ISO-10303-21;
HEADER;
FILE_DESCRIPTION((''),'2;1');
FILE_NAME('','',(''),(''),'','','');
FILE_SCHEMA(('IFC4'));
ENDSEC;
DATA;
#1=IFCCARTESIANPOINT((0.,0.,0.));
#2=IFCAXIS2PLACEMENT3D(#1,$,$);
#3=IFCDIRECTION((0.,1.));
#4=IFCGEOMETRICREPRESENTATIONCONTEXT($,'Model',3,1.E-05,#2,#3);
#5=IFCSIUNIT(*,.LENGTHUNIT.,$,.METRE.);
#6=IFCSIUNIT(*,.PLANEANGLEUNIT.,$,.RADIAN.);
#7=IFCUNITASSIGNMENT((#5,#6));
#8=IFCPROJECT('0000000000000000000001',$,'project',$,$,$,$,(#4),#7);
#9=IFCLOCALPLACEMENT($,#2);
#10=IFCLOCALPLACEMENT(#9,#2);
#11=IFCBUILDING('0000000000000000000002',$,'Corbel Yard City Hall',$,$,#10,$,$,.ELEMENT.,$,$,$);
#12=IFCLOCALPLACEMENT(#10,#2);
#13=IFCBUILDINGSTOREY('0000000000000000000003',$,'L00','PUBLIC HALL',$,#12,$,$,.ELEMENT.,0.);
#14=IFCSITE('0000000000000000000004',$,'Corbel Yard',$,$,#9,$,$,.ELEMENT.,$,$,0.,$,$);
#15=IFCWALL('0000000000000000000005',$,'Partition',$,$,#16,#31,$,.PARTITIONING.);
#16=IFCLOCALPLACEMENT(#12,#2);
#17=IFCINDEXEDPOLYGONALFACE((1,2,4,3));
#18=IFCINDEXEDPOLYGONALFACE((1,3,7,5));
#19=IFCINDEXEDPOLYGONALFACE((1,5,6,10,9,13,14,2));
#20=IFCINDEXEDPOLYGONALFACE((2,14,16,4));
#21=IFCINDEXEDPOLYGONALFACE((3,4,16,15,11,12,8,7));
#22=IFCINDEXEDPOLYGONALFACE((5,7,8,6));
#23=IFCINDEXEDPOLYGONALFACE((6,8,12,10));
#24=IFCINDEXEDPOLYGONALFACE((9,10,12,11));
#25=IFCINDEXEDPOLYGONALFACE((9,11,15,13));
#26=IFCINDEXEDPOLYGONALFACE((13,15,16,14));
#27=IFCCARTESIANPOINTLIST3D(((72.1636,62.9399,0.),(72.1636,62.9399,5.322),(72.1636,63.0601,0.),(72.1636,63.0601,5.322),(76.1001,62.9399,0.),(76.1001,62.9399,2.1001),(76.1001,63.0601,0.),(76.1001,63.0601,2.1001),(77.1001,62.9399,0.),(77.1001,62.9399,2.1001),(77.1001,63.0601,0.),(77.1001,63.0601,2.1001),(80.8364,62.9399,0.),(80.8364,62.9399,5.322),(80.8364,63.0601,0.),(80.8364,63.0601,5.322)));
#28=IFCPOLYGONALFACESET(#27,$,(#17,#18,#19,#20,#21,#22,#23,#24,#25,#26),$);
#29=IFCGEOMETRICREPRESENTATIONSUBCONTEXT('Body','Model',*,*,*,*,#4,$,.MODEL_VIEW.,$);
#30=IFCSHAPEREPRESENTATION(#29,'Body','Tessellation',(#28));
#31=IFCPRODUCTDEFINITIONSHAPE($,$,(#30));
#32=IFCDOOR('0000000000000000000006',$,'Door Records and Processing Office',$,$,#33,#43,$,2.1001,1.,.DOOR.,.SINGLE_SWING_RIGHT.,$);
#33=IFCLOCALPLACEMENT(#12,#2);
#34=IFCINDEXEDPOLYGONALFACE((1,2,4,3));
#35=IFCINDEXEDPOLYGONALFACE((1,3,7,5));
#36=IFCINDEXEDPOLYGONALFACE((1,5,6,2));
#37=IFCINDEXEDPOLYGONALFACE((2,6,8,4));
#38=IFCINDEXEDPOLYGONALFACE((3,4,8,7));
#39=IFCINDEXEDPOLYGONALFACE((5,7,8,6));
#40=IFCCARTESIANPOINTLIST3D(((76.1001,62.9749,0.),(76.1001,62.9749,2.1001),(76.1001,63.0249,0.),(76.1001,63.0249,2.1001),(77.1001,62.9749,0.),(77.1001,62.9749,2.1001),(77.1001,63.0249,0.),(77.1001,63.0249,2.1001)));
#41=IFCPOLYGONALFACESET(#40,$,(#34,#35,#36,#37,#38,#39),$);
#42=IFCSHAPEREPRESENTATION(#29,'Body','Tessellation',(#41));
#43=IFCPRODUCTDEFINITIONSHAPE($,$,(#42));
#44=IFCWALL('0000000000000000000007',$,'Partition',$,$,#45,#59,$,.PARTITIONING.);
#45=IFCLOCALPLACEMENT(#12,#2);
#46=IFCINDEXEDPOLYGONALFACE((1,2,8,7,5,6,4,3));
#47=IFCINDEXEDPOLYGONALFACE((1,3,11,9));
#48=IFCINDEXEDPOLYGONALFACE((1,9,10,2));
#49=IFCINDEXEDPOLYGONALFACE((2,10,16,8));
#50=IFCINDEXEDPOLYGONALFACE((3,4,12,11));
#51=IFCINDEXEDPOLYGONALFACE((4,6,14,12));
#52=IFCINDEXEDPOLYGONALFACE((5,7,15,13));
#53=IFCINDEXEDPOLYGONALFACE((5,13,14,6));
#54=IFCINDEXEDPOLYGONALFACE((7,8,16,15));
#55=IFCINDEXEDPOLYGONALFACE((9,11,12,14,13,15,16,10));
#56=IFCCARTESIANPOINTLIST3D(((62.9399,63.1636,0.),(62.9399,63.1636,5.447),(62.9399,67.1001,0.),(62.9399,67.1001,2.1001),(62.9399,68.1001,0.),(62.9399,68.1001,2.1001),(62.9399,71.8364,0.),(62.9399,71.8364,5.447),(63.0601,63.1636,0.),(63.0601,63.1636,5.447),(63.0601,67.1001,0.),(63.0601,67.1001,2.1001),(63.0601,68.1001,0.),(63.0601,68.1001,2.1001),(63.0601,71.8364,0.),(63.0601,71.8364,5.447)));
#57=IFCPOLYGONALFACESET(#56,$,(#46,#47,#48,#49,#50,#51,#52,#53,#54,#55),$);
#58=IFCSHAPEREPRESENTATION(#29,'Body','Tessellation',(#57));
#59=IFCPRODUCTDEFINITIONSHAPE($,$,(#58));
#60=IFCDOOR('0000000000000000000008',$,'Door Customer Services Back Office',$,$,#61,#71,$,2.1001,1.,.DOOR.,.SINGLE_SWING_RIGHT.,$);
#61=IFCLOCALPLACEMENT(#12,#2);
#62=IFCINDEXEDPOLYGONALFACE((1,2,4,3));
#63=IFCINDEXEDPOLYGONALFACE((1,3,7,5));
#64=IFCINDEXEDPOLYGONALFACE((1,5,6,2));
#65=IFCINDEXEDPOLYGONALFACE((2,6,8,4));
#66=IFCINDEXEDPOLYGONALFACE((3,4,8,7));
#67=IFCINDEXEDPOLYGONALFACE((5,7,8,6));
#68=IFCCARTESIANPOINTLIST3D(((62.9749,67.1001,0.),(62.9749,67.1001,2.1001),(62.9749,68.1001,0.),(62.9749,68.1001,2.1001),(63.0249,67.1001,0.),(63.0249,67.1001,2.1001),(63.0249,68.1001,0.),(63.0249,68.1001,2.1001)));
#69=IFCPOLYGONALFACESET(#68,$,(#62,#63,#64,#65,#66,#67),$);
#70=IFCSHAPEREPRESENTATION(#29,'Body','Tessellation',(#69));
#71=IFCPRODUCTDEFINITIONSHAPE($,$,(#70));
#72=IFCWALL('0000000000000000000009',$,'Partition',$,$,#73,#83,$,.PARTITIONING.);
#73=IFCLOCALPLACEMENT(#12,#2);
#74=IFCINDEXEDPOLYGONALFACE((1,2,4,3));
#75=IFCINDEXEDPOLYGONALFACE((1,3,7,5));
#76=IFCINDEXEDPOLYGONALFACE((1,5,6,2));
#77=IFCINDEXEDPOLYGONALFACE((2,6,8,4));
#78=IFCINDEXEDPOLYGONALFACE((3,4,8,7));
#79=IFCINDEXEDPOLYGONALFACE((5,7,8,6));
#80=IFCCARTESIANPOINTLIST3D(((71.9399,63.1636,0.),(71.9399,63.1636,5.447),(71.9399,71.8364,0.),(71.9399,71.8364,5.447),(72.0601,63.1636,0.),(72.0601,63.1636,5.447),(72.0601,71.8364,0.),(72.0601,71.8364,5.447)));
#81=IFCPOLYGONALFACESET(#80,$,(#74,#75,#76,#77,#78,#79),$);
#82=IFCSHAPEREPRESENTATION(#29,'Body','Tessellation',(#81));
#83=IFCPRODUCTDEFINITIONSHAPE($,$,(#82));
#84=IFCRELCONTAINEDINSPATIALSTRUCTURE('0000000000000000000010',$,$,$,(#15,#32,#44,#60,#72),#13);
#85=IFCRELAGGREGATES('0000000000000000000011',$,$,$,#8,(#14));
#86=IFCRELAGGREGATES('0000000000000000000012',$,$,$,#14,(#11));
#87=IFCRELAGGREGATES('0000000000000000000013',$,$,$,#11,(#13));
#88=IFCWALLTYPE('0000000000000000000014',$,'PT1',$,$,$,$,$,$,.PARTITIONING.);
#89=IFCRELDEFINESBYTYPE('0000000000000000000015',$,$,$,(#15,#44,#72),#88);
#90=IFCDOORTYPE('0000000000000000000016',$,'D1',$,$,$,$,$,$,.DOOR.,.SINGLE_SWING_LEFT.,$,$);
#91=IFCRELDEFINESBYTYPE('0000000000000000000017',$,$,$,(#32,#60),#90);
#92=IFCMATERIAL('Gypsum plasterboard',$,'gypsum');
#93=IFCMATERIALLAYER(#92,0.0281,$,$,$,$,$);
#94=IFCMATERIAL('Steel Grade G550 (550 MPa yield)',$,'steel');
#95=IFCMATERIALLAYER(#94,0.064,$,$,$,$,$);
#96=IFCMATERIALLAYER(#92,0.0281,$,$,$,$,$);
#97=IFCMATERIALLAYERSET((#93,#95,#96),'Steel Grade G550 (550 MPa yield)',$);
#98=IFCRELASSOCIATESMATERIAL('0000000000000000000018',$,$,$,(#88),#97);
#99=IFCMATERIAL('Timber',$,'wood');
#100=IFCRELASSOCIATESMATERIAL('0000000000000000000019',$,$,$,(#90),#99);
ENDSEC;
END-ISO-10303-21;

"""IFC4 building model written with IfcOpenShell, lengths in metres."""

from ifc_helpers import new_model, si_unit, direction, frame, frame_2d, origin, place, context, subcontext, project, spatial, rectangle, extrude, material, layer, layer_set, type_object, element, fill, save


model = new_model("IFC4")

# Units and contexts
model_context = context("Model", 3, precision=1e-05, world=origin(), true_north=direction((0.0, 1.0)))
body_context = subcontext(model_context, "Body", "Model", "MODEL_VIEW")
ifc_project = project(units=[si_unit("LENGTHUNIT", "METRE"), si_unit("PLANEANGLEUNIT", "RADIAN")], contexts=[model_context])

# Site, building, storey
site_placement = place(None, origin())
site = spatial("IfcSite", under=ifc_project, at=site_placement, Name="Corbel Yard", CompositionType="ELEMENT", RefElevation=0.0)
building_placement = place(site_placement, origin())
building = spatial("IfcBuilding", under=site, at=building_placement, Name="Corbel Yard City Hall", CompositionType="ELEMENT")
storey_placement = place(building_placement, origin())
storey = spatial("IfcBuildingStorey", under=building, at=storey_placement, Name="L00", Description="PUBLIC HALL", CompositionType="ELEMENT", Elevation=0.0)

# Shared definitions
ifc_material_1 = material(Name="Gypsum plasterboard", Category="gypsum")
ifc_layer_1 = layer(ifc_material_1, 0.0281)
ifc_material_2 = material(Name="Steel Grade G550 (550 MPa yield)", Category="steel")
ifc_layer_2 = layer(ifc_material_2, 0.064)
ifc_layer_3 = layer(ifc_material_1, 0.0281)
ifc_layer_set = layer_set([ifc_layer_1, ifc_layer_2, ifc_layer_3], Name="Steel Grade G550 (550 MPa yield)")
wall_type = type_object("IfcWallType", Name="PT1", PredefinedType="PARTITIONING", material=ifc_layer_set)

# Walls, openings, doors
wall_1_placement = place(storey_placement, frame((72.1636, 63.0, 0.0), z_axis=(0.0, 0.0, 1.0), x_axis=(1.0, 0.0, 0.0)))
wall_1 = element("IfcWall", 1, at=wall_1_placement, inside=storey, type_object=wall_type, Name="Partition", PredefinedType="PARTITIONING", context=body_context, shape_type="SweptSolid", body=[
    extrude(rectangle(XDim=8.6729, YDim=0.1201, at=frame_2d((4.3364, 0.0))), origin(), (0.0, 0.0, 1.0), 5.322),
])
opening_1_placement = place(wall_1_placement, frame((3.9365, 0.0, 0.0)))
opening_1 = element("IfcOpeningElement", 2, at=opening_1_placement, cuts=wall_1, PredefinedType="OPENING", context=body_context, shape_type="SweptSolid", body=[
    extrude(rectangle(XDim=1.0, YDim=2.1001, at=frame_2d((0.5, 1.05))), frame((0.0, 0.0701, 0.0), z_axis=(0.0, -1.0, 0.0), x_axis=(1.0, 0.0, 0.0)), (0.0, 0.0, 1.0), 0.1401),
])
ifc_material_3 = material(Name="Timber", Category="wood")
door_type = type_object("IfcDoorType", Name="D1", OperationType="SINGLE_SWING_LEFT", PredefinedType="DOOR", material=ifc_material_3)
door_1_placement = place(opening_1_placement, origin())
door_1 = element("IfcDoor", 3, at=door_1_placement, inside=storey, type_object=door_type, Name="Door Records and Processing Office", OperationType="SINGLE_SWING_RIGHT", OverallHeight=2.1001, OverallWidth=1.0, PredefinedType="DOOR", context=body_context, shape_type="SweptSolid", body=[
    extrude(rectangle(XDim=1.0, YDim=2.1001, at=frame_2d((0.5, 1.05))), frame((0.0, 0.0249, 0.0), z_axis=(0.0, -1.0, 0.0), x_axis=(1.0, 0.0, 0.0)), (0.0, 0.0, 1.0), 0.05),
])
fill(opening_1, door_1)
wall_2_placement = place(storey_placement, frame((63.0, 63.1636, 0.0), z_axis=(0.0, 0.0, 1.0), x_axis=(0.0, 1.0, 0.0)))
wall_2 = element("IfcWall", 4, at=wall_2_placement, inside=storey, type_object=wall_type, Name="Partition", PredefinedType="PARTITIONING", context=body_context, shape_type="SweptSolid", body=[
    extrude(rectangle(XDim=8.6729, YDim=0.1201, at=frame_2d((4.3364, 0.0))), origin(), (0.0, 0.0, 1.0), 5.447),
])
opening_2_placement = place(wall_2_placement, frame((3.9365, 0.0, 0.0)))
opening_2 = element("IfcOpeningElement", 5, at=opening_2_placement, cuts=wall_2, PredefinedType="OPENING", context=body_context, shape_type="SweptSolid", body=[
    extrude(rectangle(XDim=1.0, YDim=2.1001, at=frame_2d((0.5, 1.05))), frame((0.0, 0.0701, 0.0), z_axis=(0.0, -1.0, 0.0), x_axis=(1.0, 0.0, 0.0)), (0.0, 0.0, 1.0), 0.1401),
])
door_2_placement = place(opening_2_placement, frame((1.0, 0.0, 0.0), z_axis=(0.0, 0.0, 1.0), x_axis=(-1.0, 0.0, 0.0)))
door_2 = element("IfcDoor", 6, at=door_2_placement, inside=storey, type_object=door_type, Name="Door Customer Services Back Office", OperationType="SINGLE_SWING_RIGHT", OverallHeight=2.1001, OverallWidth=1.0, PredefinedType="DOOR", context=body_context, shape_type="SweptSolid", body=[
    extrude(rectangle(XDim=1.0, YDim=2.1001, at=frame_2d((0.5, 1.05))), frame((0.0, 0.0249, 0.0), z_axis=(0.0, -1.0, 0.0), x_axis=(1.0, 0.0, 0.0)), (0.0, 0.0, 1.0), 0.05),
])
fill(opening_2, door_2)

# Wall
wall_3_placement = place(storey_placement, frame((72.0, 63.1636, 0.0), z_axis=(0.0, 0.0, 1.0), x_axis=(0.0, 1.0, 0.0)))
element("IfcWall", 7, at=wall_3_placement, inside=storey, type_object=wall_type, Name="Partition", PredefinedType="PARTITIONING", context=body_context, shape_type="SweptSolid", body=[
    extrude(rectangle(XDim=8.6729, YDim=0.1201, at=frame_2d((4.3364, 0.0))), origin(), (0.0, 0.0, 1.0), 5.447),
])

save(model, "model.ifc")
